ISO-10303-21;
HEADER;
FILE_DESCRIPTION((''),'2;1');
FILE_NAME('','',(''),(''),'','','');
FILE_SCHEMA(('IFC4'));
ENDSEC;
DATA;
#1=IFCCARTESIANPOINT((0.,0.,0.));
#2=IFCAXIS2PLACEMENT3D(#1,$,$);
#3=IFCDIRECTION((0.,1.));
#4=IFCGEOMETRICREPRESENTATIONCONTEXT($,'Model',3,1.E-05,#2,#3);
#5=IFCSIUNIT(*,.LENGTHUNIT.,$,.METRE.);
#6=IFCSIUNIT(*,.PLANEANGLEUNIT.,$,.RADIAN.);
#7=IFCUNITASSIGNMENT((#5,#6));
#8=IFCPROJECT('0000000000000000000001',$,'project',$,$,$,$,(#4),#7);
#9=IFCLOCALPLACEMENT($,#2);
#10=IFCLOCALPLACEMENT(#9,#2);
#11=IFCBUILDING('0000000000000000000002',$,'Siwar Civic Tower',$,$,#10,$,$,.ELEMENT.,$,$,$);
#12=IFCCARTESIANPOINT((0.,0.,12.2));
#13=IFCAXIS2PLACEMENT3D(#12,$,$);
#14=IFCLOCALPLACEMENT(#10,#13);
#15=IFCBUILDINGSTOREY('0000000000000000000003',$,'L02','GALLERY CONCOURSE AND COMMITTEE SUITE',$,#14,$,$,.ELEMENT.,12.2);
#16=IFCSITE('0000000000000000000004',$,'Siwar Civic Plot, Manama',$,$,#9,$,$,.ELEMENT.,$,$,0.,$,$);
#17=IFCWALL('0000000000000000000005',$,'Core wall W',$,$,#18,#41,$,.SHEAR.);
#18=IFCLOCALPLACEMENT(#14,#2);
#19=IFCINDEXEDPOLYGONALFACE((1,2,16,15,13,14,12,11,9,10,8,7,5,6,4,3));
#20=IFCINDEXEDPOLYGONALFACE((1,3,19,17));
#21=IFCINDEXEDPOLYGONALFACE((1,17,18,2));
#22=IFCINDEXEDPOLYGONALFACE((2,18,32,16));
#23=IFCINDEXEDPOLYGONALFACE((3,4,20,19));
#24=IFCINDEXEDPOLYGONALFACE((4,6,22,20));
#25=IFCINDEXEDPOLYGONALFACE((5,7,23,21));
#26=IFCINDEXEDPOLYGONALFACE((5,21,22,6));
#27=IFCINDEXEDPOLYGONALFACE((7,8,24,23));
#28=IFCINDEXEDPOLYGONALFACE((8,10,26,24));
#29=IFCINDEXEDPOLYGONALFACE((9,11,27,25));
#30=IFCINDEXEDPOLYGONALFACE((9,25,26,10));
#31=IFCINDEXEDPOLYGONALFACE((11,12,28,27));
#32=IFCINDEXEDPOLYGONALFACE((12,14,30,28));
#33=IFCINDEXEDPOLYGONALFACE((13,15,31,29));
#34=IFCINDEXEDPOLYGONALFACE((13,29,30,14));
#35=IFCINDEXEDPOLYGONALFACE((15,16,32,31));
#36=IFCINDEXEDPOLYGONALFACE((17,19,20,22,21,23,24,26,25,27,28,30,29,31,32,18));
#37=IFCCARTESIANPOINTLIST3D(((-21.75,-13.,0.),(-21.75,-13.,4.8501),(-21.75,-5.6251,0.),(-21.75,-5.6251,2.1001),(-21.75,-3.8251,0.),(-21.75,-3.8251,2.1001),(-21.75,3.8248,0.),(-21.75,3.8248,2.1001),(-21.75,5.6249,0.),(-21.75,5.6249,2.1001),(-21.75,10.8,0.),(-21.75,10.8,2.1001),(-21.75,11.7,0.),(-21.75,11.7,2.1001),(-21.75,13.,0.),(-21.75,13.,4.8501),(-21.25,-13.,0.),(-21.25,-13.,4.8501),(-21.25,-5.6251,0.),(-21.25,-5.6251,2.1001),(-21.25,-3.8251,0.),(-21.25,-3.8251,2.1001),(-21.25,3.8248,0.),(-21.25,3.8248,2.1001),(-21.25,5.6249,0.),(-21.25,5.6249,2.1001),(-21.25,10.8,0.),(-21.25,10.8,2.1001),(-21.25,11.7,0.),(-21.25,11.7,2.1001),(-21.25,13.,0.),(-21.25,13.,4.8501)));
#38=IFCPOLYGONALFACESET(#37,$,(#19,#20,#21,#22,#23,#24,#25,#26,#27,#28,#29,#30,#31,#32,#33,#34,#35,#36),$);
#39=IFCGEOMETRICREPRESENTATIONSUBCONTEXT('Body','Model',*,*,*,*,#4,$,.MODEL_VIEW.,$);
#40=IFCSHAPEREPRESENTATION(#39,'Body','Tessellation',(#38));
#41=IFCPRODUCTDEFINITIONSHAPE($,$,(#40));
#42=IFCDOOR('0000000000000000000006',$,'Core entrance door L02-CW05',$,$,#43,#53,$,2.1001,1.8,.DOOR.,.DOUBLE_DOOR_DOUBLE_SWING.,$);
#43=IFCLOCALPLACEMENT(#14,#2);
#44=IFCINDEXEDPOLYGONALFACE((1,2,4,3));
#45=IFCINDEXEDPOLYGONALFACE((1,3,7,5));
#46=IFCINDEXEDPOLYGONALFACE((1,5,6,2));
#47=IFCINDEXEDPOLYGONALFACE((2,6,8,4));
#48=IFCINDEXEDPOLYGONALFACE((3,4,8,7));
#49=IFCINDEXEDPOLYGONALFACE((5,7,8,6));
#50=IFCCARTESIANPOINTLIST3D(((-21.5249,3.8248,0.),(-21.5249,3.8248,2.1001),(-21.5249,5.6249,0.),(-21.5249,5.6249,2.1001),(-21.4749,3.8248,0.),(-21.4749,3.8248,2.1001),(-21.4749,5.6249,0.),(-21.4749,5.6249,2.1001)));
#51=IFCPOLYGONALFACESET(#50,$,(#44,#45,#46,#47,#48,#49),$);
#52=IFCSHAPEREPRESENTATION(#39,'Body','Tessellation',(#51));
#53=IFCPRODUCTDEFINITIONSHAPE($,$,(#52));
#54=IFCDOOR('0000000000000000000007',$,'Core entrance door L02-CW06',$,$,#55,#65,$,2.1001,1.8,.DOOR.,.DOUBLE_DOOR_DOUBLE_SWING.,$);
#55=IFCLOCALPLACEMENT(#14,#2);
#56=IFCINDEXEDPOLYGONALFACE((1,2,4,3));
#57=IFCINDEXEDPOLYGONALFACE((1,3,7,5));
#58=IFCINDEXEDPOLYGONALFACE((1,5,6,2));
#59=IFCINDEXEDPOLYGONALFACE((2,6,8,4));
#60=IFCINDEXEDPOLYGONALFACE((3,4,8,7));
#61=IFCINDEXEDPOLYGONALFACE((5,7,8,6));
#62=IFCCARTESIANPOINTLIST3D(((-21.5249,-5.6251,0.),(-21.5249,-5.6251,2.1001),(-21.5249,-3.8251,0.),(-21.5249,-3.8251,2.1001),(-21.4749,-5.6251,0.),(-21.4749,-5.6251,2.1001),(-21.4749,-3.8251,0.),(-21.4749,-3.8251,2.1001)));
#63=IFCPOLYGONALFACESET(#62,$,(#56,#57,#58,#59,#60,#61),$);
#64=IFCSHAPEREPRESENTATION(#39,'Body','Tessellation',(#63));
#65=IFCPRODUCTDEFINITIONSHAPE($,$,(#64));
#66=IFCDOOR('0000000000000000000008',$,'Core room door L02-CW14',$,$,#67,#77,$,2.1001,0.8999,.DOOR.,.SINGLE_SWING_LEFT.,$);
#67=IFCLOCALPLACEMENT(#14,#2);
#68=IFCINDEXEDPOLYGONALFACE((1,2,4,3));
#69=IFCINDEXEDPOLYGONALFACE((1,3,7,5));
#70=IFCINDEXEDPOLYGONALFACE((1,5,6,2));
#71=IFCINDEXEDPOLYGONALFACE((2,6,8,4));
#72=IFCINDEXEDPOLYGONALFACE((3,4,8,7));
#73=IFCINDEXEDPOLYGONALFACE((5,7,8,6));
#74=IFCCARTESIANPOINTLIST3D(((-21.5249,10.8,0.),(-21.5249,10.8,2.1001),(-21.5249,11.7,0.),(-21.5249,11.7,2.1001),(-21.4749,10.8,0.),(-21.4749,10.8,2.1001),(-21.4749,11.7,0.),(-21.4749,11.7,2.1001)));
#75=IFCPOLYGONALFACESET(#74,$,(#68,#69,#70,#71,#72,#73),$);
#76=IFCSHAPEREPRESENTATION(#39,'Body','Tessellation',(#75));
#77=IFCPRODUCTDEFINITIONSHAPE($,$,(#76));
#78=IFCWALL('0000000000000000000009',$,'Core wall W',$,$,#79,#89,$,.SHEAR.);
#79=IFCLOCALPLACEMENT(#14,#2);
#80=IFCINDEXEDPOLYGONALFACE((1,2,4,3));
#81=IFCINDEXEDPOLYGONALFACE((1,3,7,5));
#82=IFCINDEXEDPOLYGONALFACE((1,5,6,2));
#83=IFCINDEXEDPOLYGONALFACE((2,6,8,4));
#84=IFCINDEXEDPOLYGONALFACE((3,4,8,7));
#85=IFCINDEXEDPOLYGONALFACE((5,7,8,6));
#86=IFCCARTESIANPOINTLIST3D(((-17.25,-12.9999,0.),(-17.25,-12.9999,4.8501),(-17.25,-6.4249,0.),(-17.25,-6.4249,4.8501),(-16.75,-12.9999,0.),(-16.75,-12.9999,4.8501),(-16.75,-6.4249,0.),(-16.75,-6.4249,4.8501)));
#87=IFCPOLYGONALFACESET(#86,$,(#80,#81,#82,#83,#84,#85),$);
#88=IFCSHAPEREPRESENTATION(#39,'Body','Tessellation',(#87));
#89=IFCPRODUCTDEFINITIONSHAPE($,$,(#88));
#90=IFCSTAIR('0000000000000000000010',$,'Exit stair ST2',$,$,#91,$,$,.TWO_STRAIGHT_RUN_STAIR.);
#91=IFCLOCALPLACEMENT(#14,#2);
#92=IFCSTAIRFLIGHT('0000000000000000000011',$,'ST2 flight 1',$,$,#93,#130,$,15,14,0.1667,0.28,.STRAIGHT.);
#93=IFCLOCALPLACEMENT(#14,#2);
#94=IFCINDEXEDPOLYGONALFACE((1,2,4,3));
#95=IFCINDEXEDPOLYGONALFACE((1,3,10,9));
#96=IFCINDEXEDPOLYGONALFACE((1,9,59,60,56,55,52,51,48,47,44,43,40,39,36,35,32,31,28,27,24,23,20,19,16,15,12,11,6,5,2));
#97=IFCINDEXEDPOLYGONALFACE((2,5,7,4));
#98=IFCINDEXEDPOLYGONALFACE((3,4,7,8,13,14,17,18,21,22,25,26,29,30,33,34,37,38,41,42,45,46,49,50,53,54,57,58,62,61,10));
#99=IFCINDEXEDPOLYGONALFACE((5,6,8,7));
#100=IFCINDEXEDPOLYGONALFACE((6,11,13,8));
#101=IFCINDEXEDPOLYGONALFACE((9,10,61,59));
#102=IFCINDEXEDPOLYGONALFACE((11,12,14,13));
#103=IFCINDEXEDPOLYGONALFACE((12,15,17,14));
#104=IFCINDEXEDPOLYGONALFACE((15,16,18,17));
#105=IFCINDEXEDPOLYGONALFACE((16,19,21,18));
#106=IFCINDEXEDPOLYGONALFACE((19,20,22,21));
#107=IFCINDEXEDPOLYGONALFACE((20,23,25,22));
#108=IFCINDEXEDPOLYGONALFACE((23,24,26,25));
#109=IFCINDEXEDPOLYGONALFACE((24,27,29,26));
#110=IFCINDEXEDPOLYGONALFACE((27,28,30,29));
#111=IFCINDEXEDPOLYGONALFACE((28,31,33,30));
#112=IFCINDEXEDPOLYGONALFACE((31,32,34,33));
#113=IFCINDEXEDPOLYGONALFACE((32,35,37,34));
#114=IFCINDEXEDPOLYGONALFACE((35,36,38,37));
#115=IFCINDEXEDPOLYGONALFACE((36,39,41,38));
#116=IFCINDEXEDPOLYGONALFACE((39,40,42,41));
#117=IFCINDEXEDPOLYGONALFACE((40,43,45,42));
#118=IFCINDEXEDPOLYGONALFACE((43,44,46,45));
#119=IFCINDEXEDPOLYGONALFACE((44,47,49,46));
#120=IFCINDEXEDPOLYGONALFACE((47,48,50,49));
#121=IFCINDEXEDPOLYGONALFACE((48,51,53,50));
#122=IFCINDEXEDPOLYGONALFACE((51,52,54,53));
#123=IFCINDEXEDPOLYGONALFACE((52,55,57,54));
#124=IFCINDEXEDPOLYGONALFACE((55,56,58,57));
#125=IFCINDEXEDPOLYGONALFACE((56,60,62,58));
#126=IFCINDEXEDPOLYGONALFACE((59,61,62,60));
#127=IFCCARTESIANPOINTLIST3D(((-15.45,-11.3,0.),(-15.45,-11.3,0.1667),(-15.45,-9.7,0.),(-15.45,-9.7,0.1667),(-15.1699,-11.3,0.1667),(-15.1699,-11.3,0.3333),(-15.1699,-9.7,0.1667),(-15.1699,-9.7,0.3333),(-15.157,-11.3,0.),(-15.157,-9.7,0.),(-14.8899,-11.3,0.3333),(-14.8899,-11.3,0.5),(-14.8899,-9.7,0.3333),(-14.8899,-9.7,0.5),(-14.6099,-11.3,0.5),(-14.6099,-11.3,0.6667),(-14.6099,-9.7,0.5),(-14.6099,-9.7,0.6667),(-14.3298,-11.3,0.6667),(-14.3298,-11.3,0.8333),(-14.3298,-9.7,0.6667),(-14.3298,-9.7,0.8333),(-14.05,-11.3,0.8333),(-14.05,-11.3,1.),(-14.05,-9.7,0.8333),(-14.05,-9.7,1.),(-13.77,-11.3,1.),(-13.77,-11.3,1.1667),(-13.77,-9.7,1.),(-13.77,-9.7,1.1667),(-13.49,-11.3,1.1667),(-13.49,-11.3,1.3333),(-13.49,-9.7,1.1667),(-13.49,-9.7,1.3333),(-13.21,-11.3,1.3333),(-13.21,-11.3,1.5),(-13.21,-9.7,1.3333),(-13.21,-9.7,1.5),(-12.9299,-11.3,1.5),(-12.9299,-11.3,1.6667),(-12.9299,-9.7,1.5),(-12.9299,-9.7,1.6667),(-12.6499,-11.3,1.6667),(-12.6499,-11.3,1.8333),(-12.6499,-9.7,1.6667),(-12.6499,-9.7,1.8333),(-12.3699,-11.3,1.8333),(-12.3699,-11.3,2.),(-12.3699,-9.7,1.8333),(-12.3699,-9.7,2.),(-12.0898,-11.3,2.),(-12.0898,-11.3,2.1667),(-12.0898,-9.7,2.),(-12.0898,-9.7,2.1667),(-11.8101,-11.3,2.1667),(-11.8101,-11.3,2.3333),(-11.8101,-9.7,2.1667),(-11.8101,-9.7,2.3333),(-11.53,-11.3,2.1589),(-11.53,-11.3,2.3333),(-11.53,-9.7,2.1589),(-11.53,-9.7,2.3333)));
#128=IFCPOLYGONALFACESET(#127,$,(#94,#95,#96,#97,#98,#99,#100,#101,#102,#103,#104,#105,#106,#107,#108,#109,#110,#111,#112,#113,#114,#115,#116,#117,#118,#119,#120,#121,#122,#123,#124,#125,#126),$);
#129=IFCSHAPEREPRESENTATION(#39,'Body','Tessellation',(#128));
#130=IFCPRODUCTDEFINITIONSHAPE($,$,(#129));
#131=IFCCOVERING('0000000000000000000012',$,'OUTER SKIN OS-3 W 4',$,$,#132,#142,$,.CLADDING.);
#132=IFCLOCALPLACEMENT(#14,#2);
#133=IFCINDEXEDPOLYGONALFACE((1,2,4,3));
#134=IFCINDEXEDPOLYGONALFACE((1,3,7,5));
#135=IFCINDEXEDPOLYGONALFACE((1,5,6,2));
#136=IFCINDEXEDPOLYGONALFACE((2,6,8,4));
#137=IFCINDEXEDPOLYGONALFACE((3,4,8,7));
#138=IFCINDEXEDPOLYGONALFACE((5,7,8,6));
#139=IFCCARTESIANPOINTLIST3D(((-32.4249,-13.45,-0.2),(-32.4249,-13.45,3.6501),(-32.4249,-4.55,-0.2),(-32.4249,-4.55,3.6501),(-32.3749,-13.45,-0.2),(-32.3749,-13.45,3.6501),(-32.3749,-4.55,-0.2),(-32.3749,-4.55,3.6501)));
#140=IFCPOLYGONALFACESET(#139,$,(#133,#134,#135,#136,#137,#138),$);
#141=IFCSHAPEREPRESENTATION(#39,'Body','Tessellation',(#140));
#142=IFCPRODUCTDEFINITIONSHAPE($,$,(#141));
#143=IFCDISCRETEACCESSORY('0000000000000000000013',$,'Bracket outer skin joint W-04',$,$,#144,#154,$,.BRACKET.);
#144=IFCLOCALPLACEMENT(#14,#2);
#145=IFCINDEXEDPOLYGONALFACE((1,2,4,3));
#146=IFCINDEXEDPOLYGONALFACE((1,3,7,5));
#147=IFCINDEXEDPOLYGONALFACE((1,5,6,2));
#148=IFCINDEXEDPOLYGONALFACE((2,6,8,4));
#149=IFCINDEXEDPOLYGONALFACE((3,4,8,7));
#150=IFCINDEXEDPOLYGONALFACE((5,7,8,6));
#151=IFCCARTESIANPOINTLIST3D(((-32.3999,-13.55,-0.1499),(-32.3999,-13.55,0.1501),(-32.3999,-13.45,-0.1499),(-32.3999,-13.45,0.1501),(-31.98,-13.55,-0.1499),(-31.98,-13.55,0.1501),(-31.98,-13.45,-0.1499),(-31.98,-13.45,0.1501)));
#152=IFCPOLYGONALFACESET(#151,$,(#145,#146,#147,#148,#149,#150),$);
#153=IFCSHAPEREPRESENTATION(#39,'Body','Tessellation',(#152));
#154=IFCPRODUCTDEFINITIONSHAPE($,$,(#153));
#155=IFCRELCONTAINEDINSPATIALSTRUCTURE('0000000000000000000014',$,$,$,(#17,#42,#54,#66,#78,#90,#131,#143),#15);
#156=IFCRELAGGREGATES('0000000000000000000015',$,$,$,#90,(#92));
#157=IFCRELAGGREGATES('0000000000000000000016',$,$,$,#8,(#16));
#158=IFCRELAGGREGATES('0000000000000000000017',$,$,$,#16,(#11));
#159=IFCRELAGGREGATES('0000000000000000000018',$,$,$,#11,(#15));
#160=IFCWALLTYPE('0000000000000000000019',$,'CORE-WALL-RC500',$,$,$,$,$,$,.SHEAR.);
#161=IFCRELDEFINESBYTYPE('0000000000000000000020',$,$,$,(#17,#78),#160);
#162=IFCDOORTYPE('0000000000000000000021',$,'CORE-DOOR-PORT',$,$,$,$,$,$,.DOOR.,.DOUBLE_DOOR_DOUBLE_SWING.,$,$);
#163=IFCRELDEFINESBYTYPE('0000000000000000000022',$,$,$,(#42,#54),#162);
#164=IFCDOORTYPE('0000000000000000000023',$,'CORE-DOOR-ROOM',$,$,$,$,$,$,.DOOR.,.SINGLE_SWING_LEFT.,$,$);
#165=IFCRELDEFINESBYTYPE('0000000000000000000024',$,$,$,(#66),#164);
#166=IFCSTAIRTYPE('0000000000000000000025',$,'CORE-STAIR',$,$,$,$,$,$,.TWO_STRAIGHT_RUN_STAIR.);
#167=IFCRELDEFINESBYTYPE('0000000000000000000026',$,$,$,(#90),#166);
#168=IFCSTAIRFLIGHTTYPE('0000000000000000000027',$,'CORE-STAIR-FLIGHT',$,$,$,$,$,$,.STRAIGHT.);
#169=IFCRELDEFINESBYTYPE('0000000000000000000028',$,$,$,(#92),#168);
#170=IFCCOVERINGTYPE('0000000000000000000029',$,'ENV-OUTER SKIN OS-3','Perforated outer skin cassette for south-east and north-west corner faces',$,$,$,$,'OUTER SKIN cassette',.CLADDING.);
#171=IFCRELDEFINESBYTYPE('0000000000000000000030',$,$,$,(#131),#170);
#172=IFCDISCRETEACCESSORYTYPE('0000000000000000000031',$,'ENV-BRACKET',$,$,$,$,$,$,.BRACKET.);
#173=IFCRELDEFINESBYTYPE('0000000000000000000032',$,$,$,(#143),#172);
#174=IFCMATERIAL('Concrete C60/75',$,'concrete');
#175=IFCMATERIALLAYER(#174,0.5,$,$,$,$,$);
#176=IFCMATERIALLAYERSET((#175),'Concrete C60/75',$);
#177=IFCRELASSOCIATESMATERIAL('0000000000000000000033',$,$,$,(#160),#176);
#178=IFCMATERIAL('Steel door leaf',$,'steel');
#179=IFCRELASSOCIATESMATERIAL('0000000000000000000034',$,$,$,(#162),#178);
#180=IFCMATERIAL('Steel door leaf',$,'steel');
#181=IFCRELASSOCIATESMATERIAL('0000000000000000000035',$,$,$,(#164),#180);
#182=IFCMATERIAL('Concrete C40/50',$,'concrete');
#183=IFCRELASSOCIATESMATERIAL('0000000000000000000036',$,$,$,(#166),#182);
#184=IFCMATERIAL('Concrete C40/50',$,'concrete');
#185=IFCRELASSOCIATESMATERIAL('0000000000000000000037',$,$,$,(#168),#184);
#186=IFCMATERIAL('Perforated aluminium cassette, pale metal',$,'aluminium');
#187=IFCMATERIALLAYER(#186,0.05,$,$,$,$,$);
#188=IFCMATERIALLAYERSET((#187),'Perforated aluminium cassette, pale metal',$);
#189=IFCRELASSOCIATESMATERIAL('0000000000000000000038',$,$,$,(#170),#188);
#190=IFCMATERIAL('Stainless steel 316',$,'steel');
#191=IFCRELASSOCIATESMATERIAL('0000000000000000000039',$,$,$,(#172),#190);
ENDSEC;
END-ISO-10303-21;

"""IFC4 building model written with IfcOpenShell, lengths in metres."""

from ifc_helpers import new_model, si_unit, direction, frame, frame_2d, origin, origin_2d, place, context, subcontext, project, spatial, polyline, rectangle, outline, extrude, material, layer, layer_set, type_object, element, fill, aggregate, save


model = new_model("IFC4")

# Units and contexts
model_context = context("Model", 3, precision=1e-05, world=origin(), true_north=direction((0.0, 1.0)))
body_context = subcontext(model_context, "Body", "Model", "MODEL_VIEW")
ifc_project = project(units=[si_unit("LENGTHUNIT", "METRE"), si_unit("PLANEANGLEUNIT", "RADIAN")], contexts=[model_context])

# Site, building, storey
site_placement = place(None, origin())
site = spatial("IfcSite", under=ifc_project, at=site_placement, Name="Siwar Civic Plot, Manama", CompositionType="ELEMENT", RefElevation=0.0)
building_placement = place(site_placement, origin())
building = spatial("IfcBuilding", under=site, at=building_placement, Name="Siwar Civic Tower", CompositionType="ELEMENT")
storey_placement = place(building_placement, frame((0.0, 0.0, 12.2)))
storey = spatial("IfcBuildingStorey", under=building, at=storey_placement, Name="L02", Description="GALLERY CONCOURSE AND COMMITTEE SUITE", CompositionType="ELEMENT", Elevation=12.2)

# Wall, openings, doors
ifc_material_1 = material(Name="Concrete C60/75", Category="concrete")
ifc_layer_1 = layer(ifc_material_1, 0.5)
ifc_layer_set_1 = layer_set([ifc_layer_1], Name="Concrete C60/75")
wall_type_1 = type_object("IfcWallType", Name="CORE-WALL-RC500", PredefinedType="SHEAR", material=ifc_layer_set_1)
wall_1_placement = place(storey_placement, frame((-21.5, -13.0, 0.0), z_axis=(0.0, 0.0, 1.0), x_axis=(0.0, 1.0, 0.0)))
wall_1 = element("IfcWall", 1, at=wall_1_placement, inside=storey, type_object=wall_type_1, Name="Core wall W", PredefinedType="SHEAR", context=body_context, shape_type="SweptSolid", body=[
    extrude(rectangle(XDim=26.0, YDim=0.5, at=frame_2d((13.0, 0.0))), origin(), (0.0, 0.0, 1.0), 4.8501),
])
opening_1_placement = place(wall_1_placement, frame((16.825, 0.0, 0.0)))
opening_1 = element("IfcOpeningElement", 2, at=opening_1_placement, cuts=wall_1, PredefinedType="OPENING", context=body_context, shape_type="SweptSolid", body=[
    extrude(rectangle(XDim=1.8, YDim=2.1001, at=frame_2d((0.8999, 1.05))), frame((0.0, 0.26, 0.0), z_axis=(0.0, -1.0, 0.0), x_axis=(1.0, 0.0, 0.0)), (0.0, 0.0, 1.0), 0.52),
])
opening_2_placement = place(wall_1_placement, frame((7.375, 0.0, 0.0)))
opening_2 = element("IfcOpeningElement", 3, at=opening_2_placement, cuts=wall_1, PredefinedType="OPENING", context=body_context, shape_type="SweptSolid", body=[
    extrude(rectangle(XDim=1.8, YDim=2.1001, at=frame_2d((0.8999, 1.05))), frame((0.0, 0.26, 0.0), z_axis=(0.0, -1.0, 0.0), x_axis=(1.0, 0.0, 0.0)), (0.0, 0.0, 1.0), 0.52),
])
opening_3_placement = place(wall_1_placement, frame((23.8, 0.0, 0.0)))
opening_3 = element("IfcOpeningElement", 4, at=opening_3_placement, cuts=wall_1, PredefinedType="OPENING", context=body_context, shape_type="SweptSolid", body=[
    extrude(rectangle(XDim=0.8999, YDim=2.1001, at=frame_2d((0.45, 1.05))), frame((0.0, 0.26, 0.0), z_axis=(0.0, -1.0, 0.0), x_axis=(1.0, 0.0, 0.0)), (0.0, 0.0, 1.0), 0.52),
])
ifc_material_2 = material(Name="Steel door leaf", Category="steel")
door_type_1 = type_object("IfcDoorType", Name="CORE-DOOR-PORT", OperationType="DOUBLE_DOOR_DOUBLE_SWING", PredefinedType="DOOR", material=ifc_material_2)
door_1_placement = place(opening_1_placement, origin())
door_1 = element("IfcDoor", 5, at=door_1_placement, inside=storey, type_object=door_type_1, Name="Core entrance door L02-CW05", OperationType="DOUBLE_DOOR_DOUBLE_SWING", OverallHeight=2.1001, OverallWidth=1.8, PredefinedType="DOOR", context=body_context, shape_type="SweptSolid", body=[
    extrude(rectangle(XDim=1.8, YDim=2.1001, at=frame_2d((0.8999, 1.05))), frame((0.0, 0.0249, 0.0), z_axis=(0.0, -1.0, 0.0), x_axis=(1.0, 0.0, 0.0)), (0.0, 0.0, 1.0), 0.05),
])
fill(opening_1, door_1)
door_2_placement = place(opening_2_placement, origin())
door_2 = element("IfcDoor", 6, at=door_2_placement, inside=storey, type_object=door_type_1, Name="Core entrance door L02-CW06", OperationType="DOUBLE_DOOR_DOUBLE_SWING", OverallHeight=2.1001, OverallWidth=1.8, PredefinedType="DOOR", context=body_context, shape_type="SweptSolid", body=[
    extrude(rectangle(XDim=1.8, YDim=2.1001, at=frame_2d((0.8999, 1.05))), frame((0.0, 0.0249, 0.0), z_axis=(0.0, -1.0, 0.0), x_axis=(1.0, 0.0, 0.0)), (0.0, 0.0, 1.0), 0.05),
])
fill(opening_2, door_2)
ifc_material_3 = material(Name="Steel door leaf", Category="steel")
door_type_2 = type_object("IfcDoorType", Name="CORE-DOOR-ROOM", OperationType="SINGLE_SWING_LEFT", PredefinedType="DOOR", material=ifc_material_3)
door_3_placement = place(opening_3_placement, origin())
door_3 = element("IfcDoor", 7, at=door_3_placement, inside=storey, type_object=door_type_2, Name="Core room door L02-CW14", OperationType="SINGLE_SWING_LEFT", OverallHeight=2.1001, OverallWidth=0.8999, PredefinedType="DOOR", context=body_context, shape_type="SweptSolid", body=[
    extrude(rectangle(XDim=0.8999, YDim=2.1001, at=frame_2d((0.45, 1.05))), frame((0.0, 0.0249, 0.0), z_axis=(0.0, -1.0, 0.0), x_axis=(1.0, 0.0, 0.0)), (0.0, 0.0, 1.0), 0.05),
])
fill(opening_3, door_3)

# Wall
wall_2_placement = place(storey_placement, frame((-17.0, -13.0, 0.0), z_axis=(0.0, 0.0, 1.0), x_axis=(0.0, 1.0, 0.0)))
element("IfcWall", 8, at=wall_2_placement, inside=storey, type_object=wall_type_1, Name="Core wall W", PredefinedType="SHEAR", context=body_context, shape_type="SweptSolid", body=[
    extrude(rectangle(XDim=6.575, YDim=0.5, at=frame_2d((3.2876, 0.0))), origin(), (0.0, 0.0, 1.0), 4.8501),
])

# Stair, stair flight
ifc_material_4 = material(Name="Concrete C40/50", Category="concrete")
stair_type = type_object("IfcStairType", Name="CORE-STAIR", PredefinedType="TWO_STRAIGHT_RUN_STAIR", material=ifc_material_4)
stair_placement = place(storey_placement, origin())
stair = element("IfcStair", 9, at=stair_placement, inside=storey, type_object=stair_type, Name="Exit stair ST2", PredefinedType="TWO_STRAIGHT_RUN_STAIR")
ifc_material_5 = material(Name="Concrete C40/50", Category="concrete")
stair_flight_type = type_object("IfcStairFlightType", Name="CORE-STAIR-FLIGHT", PredefinedType="STRAIGHT", material=ifc_material_5)
stair_flight_placement = place(storey_placement, frame((-15.45, -10.5, 0.0), z_axis=(0.0, 0.0, 1.0), x_axis=(1.0, 0.0, 0.0)))
stair_flight = element("IfcStairFlight", 10, at=stair_flight_placement, type_object=stair_flight_type, Name="ST2 flight 1", NumberOfRisers=15, NumberOfTreads=14, PredefinedType="STRAIGHT", RiserHeight=0.1667, TreadLength=0.28, context=body_context, shape_type="SweptSolid", body=[
    extrude(outline(polyline([(0.0, 0.0), (0.0, 0.1667), (0.28, 0.1667), (0.28, 0.3333), (0.5601, 0.3333), (0.5601, 0.5), (0.8401, 0.5), (0.8401, 0.6667), (1.1201, 0.6667), (1.1201, 0.8333), (1.3999, 0.8333), (1.3999, 1.0), (1.6799, 1.0), (1.6799, 1.1667), (1.96, 1.1667), (1.96, 1.3333), (2.24, 1.3333), (2.24, 1.5), (2.52, 1.5), (2.52, 1.6667), (2.8, 1.6667), (2.8, 1.8333), (3.0801, 1.8333), (3.0801, 2.0), (3.3601, 2.0), (3.3601, 2.1667), (3.6399, 2.1667), (3.6399, 2.3333), (3.9199, 2.3333), (3.9199, 2.5), (3.9199, 2.1589), (0.293, 0.0), (0.0, 0.0)])), frame((0.0, 0.8, 0.0), z_axis=(0.0, -1.0, 0.0), x_axis=(1.0, 0.0, 0.0)), (0.0, 0.0, 1.0), 1.6001),
])
aggregate(stair, [stair_flight])

# Covering
ifc_material_6 = material(Name="Perforated aluminium cassette, pale metal", Category="aluminium")
ifc_layer_2 = layer(ifc_material_6, 0.05)
ifc_layer_set_2 = layer_set([ifc_layer_2], Name="Perforated aluminium cassette, pale metal")
covering_type = type_object("IfcCoveringType", Name="ENV-OUTER SKIN OS-3", Description="Perforated outer skin cassette for south-east and north-west corner faces", ElementType="OUTER SKIN cassette", PredefinedType="CLADDING", material=ifc_layer_set_2)
covering_placement = place(storey_placement, frame((-32.3999, -9.0, -0.2), z_axis=(0.0, 0.0, 1.0), x_axis=(0.0, -1.0, 0.0)))
element("IfcCovering", 11, at=covering_placement, inside=storey, type_object=covering_type, Name="OUTER SKIN OS-3 W 4", PredefinedType="CLADDING", context=body_context, shape_type="SweptSolid", body=[
    extrude(rectangle(XDim=8.8999, YDim=0.05, at=origin_2d()), origin(), (0.0, 0.0, 1.0), 3.8501),
])

# Discrete accessory
ifc_material_7 = material(Name="Stainless steel 316", Category="steel")
discrete_accessory_type = type_object("IfcDiscreteAccessoryType", Name="ENV-BRACKET", PredefinedType="BRACKET", material=ifc_material_7)
discrete_accessory_placement = place(storey_placement, frame((-32.1899, -13.5, -0.1499), z_axis=(0.0, 0.0, 1.0), x_axis=(-1.0, 0.0, 0.0)))
element("IfcDiscreteAccessory", 12, at=discrete_accessory_placement, inside=storey, type_object=discrete_accessory_type, Name="Bracket outer skin joint W-04", PredefinedType="BRACKET", context=body_context, shape_type="SweptSolid", body=[
    extrude(rectangle(XDim=0.4199, YDim=0.1001, at=origin_2d()), origin(), (0.0, 0.0, 1.0), 0.3),
])

save(model, "model.ifc")
